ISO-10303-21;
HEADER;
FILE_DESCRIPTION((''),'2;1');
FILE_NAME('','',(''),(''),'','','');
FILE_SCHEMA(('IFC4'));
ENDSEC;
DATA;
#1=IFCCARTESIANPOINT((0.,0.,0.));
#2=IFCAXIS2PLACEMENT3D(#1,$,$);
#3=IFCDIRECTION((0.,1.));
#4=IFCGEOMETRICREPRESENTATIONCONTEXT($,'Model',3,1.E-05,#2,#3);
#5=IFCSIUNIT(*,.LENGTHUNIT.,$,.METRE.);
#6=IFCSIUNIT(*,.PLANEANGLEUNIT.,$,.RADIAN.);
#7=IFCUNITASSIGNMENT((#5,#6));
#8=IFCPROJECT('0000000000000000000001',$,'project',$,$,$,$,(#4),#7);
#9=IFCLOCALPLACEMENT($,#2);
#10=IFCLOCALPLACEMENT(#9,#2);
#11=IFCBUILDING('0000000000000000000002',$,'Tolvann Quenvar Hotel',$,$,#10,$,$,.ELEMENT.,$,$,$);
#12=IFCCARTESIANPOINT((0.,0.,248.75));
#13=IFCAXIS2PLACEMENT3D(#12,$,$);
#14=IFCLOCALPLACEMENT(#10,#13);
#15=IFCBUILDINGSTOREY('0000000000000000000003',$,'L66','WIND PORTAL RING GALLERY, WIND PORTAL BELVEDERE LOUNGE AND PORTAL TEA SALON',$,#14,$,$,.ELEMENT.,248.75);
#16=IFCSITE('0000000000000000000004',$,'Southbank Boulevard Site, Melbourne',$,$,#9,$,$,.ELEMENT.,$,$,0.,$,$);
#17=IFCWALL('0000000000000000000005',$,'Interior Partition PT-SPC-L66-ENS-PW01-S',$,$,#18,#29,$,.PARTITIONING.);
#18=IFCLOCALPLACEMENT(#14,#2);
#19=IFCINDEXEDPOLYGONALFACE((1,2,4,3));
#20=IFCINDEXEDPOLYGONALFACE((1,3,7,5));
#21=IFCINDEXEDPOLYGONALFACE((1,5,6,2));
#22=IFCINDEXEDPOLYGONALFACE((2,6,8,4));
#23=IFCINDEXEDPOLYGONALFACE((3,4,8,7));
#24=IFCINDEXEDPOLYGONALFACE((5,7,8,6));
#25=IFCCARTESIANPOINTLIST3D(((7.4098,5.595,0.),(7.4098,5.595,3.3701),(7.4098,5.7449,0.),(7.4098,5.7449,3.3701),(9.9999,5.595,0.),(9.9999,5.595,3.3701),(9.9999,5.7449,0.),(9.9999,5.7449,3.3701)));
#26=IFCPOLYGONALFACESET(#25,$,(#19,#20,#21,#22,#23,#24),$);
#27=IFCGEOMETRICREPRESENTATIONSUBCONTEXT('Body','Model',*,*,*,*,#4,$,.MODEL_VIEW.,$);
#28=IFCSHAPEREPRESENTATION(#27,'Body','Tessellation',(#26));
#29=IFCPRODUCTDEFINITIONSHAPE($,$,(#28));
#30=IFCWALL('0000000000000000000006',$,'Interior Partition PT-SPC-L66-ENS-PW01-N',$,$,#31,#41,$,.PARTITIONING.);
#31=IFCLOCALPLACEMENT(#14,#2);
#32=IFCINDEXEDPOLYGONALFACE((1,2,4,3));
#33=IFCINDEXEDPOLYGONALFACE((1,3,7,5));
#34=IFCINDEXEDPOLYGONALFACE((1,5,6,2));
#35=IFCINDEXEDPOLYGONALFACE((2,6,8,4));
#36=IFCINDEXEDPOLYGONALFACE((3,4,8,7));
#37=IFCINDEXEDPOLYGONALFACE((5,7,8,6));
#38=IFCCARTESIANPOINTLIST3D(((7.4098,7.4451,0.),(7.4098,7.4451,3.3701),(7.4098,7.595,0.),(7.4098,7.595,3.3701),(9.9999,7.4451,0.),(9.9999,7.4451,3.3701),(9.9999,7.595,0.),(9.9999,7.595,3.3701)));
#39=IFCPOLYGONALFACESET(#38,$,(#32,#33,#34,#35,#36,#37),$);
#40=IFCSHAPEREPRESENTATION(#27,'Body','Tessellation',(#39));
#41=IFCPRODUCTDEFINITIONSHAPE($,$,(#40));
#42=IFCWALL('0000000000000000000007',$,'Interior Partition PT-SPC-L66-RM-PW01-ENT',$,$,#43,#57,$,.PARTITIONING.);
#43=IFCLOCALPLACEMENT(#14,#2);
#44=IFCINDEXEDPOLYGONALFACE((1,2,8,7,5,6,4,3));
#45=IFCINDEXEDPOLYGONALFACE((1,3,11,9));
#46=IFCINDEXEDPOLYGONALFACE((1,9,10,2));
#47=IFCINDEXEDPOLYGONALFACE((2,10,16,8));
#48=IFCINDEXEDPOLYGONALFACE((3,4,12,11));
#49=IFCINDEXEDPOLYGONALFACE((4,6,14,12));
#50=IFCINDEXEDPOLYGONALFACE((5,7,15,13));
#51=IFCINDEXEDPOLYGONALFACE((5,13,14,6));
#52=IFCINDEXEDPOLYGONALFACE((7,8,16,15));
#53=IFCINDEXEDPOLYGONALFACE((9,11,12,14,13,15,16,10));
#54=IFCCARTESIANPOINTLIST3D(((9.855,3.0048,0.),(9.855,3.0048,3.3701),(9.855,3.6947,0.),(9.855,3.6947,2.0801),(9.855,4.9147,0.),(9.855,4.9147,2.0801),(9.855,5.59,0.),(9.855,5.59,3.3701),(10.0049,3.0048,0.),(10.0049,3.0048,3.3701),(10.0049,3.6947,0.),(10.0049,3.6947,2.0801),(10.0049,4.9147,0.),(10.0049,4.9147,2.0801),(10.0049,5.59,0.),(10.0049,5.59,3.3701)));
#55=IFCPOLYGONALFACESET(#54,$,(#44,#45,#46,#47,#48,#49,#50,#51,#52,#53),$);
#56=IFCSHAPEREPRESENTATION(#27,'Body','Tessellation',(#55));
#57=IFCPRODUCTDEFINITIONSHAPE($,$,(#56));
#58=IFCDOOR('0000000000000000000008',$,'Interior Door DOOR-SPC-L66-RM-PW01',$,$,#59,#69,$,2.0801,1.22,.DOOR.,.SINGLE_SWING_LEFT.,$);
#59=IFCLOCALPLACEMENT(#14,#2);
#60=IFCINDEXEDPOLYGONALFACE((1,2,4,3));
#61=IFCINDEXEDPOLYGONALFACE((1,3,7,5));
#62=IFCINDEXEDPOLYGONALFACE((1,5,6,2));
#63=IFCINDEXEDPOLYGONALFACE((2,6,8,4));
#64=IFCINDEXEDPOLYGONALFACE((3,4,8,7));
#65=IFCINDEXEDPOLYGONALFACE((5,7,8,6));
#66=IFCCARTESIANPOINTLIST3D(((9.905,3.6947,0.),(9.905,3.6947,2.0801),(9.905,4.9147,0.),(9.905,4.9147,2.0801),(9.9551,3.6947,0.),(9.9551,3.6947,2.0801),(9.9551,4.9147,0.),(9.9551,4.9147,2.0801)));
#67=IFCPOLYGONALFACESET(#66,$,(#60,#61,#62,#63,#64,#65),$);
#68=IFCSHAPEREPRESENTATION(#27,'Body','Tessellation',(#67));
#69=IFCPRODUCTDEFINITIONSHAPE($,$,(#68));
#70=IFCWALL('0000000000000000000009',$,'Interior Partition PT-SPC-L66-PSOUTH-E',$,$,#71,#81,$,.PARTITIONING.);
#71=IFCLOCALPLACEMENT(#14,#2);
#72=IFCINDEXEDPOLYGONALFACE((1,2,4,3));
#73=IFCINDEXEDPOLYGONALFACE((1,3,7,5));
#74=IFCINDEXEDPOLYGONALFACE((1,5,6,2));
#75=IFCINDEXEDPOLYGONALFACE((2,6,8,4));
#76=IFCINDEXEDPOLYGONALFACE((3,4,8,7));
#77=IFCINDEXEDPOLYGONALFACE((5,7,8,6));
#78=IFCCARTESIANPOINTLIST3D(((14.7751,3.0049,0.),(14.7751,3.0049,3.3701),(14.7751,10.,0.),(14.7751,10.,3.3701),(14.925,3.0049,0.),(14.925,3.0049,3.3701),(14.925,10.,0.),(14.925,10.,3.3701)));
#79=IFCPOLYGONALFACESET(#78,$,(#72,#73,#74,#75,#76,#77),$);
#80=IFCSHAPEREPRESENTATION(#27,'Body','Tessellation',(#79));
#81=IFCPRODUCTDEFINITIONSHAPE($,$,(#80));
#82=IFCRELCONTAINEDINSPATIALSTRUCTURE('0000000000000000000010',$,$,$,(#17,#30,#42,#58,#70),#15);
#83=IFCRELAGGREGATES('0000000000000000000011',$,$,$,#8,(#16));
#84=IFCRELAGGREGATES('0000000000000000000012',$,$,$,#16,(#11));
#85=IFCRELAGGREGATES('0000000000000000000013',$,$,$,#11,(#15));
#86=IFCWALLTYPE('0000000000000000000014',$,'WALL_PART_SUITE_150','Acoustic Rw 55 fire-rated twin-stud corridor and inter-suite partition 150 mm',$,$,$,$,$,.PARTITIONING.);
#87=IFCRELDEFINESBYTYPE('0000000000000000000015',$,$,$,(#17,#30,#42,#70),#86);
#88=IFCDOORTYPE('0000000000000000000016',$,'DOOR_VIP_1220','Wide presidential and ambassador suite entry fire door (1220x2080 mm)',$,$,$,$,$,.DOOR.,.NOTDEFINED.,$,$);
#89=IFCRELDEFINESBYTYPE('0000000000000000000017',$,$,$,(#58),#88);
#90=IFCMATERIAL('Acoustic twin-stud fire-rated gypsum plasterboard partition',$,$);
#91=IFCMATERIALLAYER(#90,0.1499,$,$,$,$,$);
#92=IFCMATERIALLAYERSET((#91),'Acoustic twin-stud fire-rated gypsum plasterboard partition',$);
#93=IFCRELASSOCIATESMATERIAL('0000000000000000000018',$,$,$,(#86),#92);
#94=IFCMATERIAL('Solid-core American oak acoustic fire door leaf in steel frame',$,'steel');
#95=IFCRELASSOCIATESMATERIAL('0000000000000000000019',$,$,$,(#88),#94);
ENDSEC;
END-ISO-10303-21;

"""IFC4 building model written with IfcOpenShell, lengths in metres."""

from ifc_helpers import new_model, si_unit, direction, frame, frame_2d, origin, place, context, subcontext, project, spatial, rectangle, extrude, source, transform, mapped, material, layer, layer_set, type_object, type_shapes, element, fill, save


model = new_model("IFC4")

# Units and contexts
model_context = context("Model", 3, precision=1e-05, world=origin(), true_north=direction((0.0, 1.0)))
body_context = subcontext(model_context, "Body", "Model", "MODEL_VIEW")
ifc_project = project(units=[si_unit("LENGTHUNIT", "METRE"), si_unit("PLANEANGLEUNIT", "RADIAN")], contexts=[model_context])

# Site, building, storey
site_placement = place(None, origin())
site = spatial("IfcSite", under=ifc_project, at=site_placement, Name="Southbank Boulevard Site, Melbourne", CompositionType="ELEMENT", RefElevation=0.0)
building_placement = place(site_placement, origin())
building = spatial("IfcBuilding", under=site, at=building_placement, Name="Tolvann Quenvar Hotel", CompositionType="ELEMENT")
storey_placement = place(building_placement, frame((0.0, 0.0, 248.75)))
storey = spatial("IfcBuildingStorey", under=building, at=storey_placement, Name="L66", Description="WIND PORTAL RING GALLERY, WIND PORTAL BELVEDERE LOUNGE AND PORTAL TEA SALON", CompositionType="ELEMENT", Elevation=248.75)

# Shared definitions
ifc_material_1 = material(Name="Acoustic twin-stud fire-rated gypsum plasterboard partition")
ifc_layer_1 = layer(ifc_material_1, 0.1499)
ifc_layer_set_1 = layer_set([ifc_layer_1], Name="Acoustic twin-stud fire-rated gypsum plasterboard partition")
wall_type_1 = type_object("IfcWallType", Name="WALL_PART_SUITE_150", Description="Acoustic Rw 55 fire-rated twin-stud corridor and inter-suite partition 150 mm", PredefinedType="PARTITIONING", material=ifc_layer_set_1)
ifc_material_2 = material(Name="Solid-core American oak acoustic fire door leaf in steel frame", Category="steel")

# Walls
for number, where, z_axis, x_axis, name in (
    (1, (7.4099, 5.6699, 0.0), (0.0, 0.0, 1.0), (1.0, 0.0, 0.0), "Interior Partition PT-SPC-L66-ENS-PW01-S"),
    (2, (7.4099, 7.52, 0.0), (0.0, 0.0, 1.0), (1.0, 0.0, 0.0), "Interior Partition PT-SPC-L66-ENS-PW01-N"),
):
    element("IfcWall", number, at=place(storey_placement, frame(where, z_axis=z_axis, x_axis=x_axis)), inside=storey, type_object=wall_type_1, Name=name, PredefinedType="PARTITIONING", context=body_context, shape_type="SweptSolid", body=[
        extrude(rectangle(XDim=2.5901, YDim=0.1499, at=frame_2d((1.2949, 0.0))), origin(), (0.0, 0.0, 1.0), 3.3701),
    ])

# Wall, opening, door
wall_1_placement = place(storey_placement, frame((9.9299, 3.0049, 0.0), z_axis=(0.0, 0.0, 1.0), x_axis=(0.0, 1.0, 0.0)))
wall_1 = element("IfcWall", 3, at=wall_1_placement, inside=storey, type_object=wall_type_1, Name="Interior Partition PT-SPC-L66-RM-PW01-ENT", PredefinedType="PARTITIONING", context=body_context, shape_type="SweptSolid", body=[
    extrude(rectangle(XDim=2.5852, YDim=0.1499, at=frame_2d((1.2925, 0.0))), origin(), (0.0, 0.0, 1.0), 3.3701),
])
opening_1_placement = place(wall_1_placement, frame((0.6899, 0.0, 0.0)))
opening_1 = element("IfcOpeningElement", 4, at=opening_1_placement, cuts=wall_1, PredefinedType="OPENING", context=body_context, shape_type="SweptSolid", body=[
    extrude(rectangle(XDim=1.22, YDim=2.0801, at=frame_2d((0.6099, 1.04))), frame((0.0, 0.085, 0.0), z_axis=(0.0, -1.0, 0.0), x_axis=(1.0, 0.0, 0.0)), (0.0, 0.0, 1.0), 0.1699),
])
door_type_1 = type_object("IfcDoorType", Name="DOOR_VIP_1220", Description="Wide presidential and ambassador suite entry fire door (1220x2080 mm)", OperationType="NOTDEFINED", PredefinedType="DOOR", material=ifc_material_2)
shared_shape_1 = source(origin(), body_context, "Body", "SweptSolid", [
    extrude(rectangle(XDim=1.22, YDim=2.0801, at=frame_2d((0.6099, 1.04))), frame((0.0, 0.0249, 0.0), z_axis=(0.0, -1.0, 0.0), x_axis=(1.0, 0.0, 0.0)), (0.0, 0.0, 1.0), 0.05),
])
type_shapes(door_type_1, [shared_shape_1])
door_1_placement = place(opening_1_placement, origin())
door_1 = element("IfcDoor", 5, at=door_1_placement, inside=storey, type_object=door_type_1, Name="Interior Door DOOR-SPC-L66-RM-PW01", OperationType="SINGLE_SWING_LEFT", OverallHeight=2.0801, OverallWidth=1.22, PredefinedType="DOOR", context=body_context, shape_type="MappedRepresentation", body=[
    mapped(shared_shape_1, transform((0.0, 0.0, 0.0), x_axis=(1.0, 0.0, 0.0), y_axis=(0.0, 1.0, 0.0), z_axis=(0.0, 0.0, 1.0), scale=1.0)),
])
fill(opening_1, door_1)

# Wall
wall_2_placement = place(storey_placement, frame((14.8501, 3.0049, 0.0), z_axis=(0.0, 0.0, 1.0), x_axis=(0.0, 1.0, 0.0)))
element("IfcWall", 6, at=wall_2_placement, inside=storey, type_object=wall_type_1, Name="Interior Partition PT-SPC-L66-PSOUTH-E", PredefinedType="PARTITIONING", context=body_context, shape_type="SweptSolid", body=[
    extrude(rectangle(XDim=6.9951, YDim=0.1499, at=frame_2d((3.4976, 0.0))), origin(), (0.0, 0.0, 1.0), 3.3701),
])

save(model, "model.ifc")
